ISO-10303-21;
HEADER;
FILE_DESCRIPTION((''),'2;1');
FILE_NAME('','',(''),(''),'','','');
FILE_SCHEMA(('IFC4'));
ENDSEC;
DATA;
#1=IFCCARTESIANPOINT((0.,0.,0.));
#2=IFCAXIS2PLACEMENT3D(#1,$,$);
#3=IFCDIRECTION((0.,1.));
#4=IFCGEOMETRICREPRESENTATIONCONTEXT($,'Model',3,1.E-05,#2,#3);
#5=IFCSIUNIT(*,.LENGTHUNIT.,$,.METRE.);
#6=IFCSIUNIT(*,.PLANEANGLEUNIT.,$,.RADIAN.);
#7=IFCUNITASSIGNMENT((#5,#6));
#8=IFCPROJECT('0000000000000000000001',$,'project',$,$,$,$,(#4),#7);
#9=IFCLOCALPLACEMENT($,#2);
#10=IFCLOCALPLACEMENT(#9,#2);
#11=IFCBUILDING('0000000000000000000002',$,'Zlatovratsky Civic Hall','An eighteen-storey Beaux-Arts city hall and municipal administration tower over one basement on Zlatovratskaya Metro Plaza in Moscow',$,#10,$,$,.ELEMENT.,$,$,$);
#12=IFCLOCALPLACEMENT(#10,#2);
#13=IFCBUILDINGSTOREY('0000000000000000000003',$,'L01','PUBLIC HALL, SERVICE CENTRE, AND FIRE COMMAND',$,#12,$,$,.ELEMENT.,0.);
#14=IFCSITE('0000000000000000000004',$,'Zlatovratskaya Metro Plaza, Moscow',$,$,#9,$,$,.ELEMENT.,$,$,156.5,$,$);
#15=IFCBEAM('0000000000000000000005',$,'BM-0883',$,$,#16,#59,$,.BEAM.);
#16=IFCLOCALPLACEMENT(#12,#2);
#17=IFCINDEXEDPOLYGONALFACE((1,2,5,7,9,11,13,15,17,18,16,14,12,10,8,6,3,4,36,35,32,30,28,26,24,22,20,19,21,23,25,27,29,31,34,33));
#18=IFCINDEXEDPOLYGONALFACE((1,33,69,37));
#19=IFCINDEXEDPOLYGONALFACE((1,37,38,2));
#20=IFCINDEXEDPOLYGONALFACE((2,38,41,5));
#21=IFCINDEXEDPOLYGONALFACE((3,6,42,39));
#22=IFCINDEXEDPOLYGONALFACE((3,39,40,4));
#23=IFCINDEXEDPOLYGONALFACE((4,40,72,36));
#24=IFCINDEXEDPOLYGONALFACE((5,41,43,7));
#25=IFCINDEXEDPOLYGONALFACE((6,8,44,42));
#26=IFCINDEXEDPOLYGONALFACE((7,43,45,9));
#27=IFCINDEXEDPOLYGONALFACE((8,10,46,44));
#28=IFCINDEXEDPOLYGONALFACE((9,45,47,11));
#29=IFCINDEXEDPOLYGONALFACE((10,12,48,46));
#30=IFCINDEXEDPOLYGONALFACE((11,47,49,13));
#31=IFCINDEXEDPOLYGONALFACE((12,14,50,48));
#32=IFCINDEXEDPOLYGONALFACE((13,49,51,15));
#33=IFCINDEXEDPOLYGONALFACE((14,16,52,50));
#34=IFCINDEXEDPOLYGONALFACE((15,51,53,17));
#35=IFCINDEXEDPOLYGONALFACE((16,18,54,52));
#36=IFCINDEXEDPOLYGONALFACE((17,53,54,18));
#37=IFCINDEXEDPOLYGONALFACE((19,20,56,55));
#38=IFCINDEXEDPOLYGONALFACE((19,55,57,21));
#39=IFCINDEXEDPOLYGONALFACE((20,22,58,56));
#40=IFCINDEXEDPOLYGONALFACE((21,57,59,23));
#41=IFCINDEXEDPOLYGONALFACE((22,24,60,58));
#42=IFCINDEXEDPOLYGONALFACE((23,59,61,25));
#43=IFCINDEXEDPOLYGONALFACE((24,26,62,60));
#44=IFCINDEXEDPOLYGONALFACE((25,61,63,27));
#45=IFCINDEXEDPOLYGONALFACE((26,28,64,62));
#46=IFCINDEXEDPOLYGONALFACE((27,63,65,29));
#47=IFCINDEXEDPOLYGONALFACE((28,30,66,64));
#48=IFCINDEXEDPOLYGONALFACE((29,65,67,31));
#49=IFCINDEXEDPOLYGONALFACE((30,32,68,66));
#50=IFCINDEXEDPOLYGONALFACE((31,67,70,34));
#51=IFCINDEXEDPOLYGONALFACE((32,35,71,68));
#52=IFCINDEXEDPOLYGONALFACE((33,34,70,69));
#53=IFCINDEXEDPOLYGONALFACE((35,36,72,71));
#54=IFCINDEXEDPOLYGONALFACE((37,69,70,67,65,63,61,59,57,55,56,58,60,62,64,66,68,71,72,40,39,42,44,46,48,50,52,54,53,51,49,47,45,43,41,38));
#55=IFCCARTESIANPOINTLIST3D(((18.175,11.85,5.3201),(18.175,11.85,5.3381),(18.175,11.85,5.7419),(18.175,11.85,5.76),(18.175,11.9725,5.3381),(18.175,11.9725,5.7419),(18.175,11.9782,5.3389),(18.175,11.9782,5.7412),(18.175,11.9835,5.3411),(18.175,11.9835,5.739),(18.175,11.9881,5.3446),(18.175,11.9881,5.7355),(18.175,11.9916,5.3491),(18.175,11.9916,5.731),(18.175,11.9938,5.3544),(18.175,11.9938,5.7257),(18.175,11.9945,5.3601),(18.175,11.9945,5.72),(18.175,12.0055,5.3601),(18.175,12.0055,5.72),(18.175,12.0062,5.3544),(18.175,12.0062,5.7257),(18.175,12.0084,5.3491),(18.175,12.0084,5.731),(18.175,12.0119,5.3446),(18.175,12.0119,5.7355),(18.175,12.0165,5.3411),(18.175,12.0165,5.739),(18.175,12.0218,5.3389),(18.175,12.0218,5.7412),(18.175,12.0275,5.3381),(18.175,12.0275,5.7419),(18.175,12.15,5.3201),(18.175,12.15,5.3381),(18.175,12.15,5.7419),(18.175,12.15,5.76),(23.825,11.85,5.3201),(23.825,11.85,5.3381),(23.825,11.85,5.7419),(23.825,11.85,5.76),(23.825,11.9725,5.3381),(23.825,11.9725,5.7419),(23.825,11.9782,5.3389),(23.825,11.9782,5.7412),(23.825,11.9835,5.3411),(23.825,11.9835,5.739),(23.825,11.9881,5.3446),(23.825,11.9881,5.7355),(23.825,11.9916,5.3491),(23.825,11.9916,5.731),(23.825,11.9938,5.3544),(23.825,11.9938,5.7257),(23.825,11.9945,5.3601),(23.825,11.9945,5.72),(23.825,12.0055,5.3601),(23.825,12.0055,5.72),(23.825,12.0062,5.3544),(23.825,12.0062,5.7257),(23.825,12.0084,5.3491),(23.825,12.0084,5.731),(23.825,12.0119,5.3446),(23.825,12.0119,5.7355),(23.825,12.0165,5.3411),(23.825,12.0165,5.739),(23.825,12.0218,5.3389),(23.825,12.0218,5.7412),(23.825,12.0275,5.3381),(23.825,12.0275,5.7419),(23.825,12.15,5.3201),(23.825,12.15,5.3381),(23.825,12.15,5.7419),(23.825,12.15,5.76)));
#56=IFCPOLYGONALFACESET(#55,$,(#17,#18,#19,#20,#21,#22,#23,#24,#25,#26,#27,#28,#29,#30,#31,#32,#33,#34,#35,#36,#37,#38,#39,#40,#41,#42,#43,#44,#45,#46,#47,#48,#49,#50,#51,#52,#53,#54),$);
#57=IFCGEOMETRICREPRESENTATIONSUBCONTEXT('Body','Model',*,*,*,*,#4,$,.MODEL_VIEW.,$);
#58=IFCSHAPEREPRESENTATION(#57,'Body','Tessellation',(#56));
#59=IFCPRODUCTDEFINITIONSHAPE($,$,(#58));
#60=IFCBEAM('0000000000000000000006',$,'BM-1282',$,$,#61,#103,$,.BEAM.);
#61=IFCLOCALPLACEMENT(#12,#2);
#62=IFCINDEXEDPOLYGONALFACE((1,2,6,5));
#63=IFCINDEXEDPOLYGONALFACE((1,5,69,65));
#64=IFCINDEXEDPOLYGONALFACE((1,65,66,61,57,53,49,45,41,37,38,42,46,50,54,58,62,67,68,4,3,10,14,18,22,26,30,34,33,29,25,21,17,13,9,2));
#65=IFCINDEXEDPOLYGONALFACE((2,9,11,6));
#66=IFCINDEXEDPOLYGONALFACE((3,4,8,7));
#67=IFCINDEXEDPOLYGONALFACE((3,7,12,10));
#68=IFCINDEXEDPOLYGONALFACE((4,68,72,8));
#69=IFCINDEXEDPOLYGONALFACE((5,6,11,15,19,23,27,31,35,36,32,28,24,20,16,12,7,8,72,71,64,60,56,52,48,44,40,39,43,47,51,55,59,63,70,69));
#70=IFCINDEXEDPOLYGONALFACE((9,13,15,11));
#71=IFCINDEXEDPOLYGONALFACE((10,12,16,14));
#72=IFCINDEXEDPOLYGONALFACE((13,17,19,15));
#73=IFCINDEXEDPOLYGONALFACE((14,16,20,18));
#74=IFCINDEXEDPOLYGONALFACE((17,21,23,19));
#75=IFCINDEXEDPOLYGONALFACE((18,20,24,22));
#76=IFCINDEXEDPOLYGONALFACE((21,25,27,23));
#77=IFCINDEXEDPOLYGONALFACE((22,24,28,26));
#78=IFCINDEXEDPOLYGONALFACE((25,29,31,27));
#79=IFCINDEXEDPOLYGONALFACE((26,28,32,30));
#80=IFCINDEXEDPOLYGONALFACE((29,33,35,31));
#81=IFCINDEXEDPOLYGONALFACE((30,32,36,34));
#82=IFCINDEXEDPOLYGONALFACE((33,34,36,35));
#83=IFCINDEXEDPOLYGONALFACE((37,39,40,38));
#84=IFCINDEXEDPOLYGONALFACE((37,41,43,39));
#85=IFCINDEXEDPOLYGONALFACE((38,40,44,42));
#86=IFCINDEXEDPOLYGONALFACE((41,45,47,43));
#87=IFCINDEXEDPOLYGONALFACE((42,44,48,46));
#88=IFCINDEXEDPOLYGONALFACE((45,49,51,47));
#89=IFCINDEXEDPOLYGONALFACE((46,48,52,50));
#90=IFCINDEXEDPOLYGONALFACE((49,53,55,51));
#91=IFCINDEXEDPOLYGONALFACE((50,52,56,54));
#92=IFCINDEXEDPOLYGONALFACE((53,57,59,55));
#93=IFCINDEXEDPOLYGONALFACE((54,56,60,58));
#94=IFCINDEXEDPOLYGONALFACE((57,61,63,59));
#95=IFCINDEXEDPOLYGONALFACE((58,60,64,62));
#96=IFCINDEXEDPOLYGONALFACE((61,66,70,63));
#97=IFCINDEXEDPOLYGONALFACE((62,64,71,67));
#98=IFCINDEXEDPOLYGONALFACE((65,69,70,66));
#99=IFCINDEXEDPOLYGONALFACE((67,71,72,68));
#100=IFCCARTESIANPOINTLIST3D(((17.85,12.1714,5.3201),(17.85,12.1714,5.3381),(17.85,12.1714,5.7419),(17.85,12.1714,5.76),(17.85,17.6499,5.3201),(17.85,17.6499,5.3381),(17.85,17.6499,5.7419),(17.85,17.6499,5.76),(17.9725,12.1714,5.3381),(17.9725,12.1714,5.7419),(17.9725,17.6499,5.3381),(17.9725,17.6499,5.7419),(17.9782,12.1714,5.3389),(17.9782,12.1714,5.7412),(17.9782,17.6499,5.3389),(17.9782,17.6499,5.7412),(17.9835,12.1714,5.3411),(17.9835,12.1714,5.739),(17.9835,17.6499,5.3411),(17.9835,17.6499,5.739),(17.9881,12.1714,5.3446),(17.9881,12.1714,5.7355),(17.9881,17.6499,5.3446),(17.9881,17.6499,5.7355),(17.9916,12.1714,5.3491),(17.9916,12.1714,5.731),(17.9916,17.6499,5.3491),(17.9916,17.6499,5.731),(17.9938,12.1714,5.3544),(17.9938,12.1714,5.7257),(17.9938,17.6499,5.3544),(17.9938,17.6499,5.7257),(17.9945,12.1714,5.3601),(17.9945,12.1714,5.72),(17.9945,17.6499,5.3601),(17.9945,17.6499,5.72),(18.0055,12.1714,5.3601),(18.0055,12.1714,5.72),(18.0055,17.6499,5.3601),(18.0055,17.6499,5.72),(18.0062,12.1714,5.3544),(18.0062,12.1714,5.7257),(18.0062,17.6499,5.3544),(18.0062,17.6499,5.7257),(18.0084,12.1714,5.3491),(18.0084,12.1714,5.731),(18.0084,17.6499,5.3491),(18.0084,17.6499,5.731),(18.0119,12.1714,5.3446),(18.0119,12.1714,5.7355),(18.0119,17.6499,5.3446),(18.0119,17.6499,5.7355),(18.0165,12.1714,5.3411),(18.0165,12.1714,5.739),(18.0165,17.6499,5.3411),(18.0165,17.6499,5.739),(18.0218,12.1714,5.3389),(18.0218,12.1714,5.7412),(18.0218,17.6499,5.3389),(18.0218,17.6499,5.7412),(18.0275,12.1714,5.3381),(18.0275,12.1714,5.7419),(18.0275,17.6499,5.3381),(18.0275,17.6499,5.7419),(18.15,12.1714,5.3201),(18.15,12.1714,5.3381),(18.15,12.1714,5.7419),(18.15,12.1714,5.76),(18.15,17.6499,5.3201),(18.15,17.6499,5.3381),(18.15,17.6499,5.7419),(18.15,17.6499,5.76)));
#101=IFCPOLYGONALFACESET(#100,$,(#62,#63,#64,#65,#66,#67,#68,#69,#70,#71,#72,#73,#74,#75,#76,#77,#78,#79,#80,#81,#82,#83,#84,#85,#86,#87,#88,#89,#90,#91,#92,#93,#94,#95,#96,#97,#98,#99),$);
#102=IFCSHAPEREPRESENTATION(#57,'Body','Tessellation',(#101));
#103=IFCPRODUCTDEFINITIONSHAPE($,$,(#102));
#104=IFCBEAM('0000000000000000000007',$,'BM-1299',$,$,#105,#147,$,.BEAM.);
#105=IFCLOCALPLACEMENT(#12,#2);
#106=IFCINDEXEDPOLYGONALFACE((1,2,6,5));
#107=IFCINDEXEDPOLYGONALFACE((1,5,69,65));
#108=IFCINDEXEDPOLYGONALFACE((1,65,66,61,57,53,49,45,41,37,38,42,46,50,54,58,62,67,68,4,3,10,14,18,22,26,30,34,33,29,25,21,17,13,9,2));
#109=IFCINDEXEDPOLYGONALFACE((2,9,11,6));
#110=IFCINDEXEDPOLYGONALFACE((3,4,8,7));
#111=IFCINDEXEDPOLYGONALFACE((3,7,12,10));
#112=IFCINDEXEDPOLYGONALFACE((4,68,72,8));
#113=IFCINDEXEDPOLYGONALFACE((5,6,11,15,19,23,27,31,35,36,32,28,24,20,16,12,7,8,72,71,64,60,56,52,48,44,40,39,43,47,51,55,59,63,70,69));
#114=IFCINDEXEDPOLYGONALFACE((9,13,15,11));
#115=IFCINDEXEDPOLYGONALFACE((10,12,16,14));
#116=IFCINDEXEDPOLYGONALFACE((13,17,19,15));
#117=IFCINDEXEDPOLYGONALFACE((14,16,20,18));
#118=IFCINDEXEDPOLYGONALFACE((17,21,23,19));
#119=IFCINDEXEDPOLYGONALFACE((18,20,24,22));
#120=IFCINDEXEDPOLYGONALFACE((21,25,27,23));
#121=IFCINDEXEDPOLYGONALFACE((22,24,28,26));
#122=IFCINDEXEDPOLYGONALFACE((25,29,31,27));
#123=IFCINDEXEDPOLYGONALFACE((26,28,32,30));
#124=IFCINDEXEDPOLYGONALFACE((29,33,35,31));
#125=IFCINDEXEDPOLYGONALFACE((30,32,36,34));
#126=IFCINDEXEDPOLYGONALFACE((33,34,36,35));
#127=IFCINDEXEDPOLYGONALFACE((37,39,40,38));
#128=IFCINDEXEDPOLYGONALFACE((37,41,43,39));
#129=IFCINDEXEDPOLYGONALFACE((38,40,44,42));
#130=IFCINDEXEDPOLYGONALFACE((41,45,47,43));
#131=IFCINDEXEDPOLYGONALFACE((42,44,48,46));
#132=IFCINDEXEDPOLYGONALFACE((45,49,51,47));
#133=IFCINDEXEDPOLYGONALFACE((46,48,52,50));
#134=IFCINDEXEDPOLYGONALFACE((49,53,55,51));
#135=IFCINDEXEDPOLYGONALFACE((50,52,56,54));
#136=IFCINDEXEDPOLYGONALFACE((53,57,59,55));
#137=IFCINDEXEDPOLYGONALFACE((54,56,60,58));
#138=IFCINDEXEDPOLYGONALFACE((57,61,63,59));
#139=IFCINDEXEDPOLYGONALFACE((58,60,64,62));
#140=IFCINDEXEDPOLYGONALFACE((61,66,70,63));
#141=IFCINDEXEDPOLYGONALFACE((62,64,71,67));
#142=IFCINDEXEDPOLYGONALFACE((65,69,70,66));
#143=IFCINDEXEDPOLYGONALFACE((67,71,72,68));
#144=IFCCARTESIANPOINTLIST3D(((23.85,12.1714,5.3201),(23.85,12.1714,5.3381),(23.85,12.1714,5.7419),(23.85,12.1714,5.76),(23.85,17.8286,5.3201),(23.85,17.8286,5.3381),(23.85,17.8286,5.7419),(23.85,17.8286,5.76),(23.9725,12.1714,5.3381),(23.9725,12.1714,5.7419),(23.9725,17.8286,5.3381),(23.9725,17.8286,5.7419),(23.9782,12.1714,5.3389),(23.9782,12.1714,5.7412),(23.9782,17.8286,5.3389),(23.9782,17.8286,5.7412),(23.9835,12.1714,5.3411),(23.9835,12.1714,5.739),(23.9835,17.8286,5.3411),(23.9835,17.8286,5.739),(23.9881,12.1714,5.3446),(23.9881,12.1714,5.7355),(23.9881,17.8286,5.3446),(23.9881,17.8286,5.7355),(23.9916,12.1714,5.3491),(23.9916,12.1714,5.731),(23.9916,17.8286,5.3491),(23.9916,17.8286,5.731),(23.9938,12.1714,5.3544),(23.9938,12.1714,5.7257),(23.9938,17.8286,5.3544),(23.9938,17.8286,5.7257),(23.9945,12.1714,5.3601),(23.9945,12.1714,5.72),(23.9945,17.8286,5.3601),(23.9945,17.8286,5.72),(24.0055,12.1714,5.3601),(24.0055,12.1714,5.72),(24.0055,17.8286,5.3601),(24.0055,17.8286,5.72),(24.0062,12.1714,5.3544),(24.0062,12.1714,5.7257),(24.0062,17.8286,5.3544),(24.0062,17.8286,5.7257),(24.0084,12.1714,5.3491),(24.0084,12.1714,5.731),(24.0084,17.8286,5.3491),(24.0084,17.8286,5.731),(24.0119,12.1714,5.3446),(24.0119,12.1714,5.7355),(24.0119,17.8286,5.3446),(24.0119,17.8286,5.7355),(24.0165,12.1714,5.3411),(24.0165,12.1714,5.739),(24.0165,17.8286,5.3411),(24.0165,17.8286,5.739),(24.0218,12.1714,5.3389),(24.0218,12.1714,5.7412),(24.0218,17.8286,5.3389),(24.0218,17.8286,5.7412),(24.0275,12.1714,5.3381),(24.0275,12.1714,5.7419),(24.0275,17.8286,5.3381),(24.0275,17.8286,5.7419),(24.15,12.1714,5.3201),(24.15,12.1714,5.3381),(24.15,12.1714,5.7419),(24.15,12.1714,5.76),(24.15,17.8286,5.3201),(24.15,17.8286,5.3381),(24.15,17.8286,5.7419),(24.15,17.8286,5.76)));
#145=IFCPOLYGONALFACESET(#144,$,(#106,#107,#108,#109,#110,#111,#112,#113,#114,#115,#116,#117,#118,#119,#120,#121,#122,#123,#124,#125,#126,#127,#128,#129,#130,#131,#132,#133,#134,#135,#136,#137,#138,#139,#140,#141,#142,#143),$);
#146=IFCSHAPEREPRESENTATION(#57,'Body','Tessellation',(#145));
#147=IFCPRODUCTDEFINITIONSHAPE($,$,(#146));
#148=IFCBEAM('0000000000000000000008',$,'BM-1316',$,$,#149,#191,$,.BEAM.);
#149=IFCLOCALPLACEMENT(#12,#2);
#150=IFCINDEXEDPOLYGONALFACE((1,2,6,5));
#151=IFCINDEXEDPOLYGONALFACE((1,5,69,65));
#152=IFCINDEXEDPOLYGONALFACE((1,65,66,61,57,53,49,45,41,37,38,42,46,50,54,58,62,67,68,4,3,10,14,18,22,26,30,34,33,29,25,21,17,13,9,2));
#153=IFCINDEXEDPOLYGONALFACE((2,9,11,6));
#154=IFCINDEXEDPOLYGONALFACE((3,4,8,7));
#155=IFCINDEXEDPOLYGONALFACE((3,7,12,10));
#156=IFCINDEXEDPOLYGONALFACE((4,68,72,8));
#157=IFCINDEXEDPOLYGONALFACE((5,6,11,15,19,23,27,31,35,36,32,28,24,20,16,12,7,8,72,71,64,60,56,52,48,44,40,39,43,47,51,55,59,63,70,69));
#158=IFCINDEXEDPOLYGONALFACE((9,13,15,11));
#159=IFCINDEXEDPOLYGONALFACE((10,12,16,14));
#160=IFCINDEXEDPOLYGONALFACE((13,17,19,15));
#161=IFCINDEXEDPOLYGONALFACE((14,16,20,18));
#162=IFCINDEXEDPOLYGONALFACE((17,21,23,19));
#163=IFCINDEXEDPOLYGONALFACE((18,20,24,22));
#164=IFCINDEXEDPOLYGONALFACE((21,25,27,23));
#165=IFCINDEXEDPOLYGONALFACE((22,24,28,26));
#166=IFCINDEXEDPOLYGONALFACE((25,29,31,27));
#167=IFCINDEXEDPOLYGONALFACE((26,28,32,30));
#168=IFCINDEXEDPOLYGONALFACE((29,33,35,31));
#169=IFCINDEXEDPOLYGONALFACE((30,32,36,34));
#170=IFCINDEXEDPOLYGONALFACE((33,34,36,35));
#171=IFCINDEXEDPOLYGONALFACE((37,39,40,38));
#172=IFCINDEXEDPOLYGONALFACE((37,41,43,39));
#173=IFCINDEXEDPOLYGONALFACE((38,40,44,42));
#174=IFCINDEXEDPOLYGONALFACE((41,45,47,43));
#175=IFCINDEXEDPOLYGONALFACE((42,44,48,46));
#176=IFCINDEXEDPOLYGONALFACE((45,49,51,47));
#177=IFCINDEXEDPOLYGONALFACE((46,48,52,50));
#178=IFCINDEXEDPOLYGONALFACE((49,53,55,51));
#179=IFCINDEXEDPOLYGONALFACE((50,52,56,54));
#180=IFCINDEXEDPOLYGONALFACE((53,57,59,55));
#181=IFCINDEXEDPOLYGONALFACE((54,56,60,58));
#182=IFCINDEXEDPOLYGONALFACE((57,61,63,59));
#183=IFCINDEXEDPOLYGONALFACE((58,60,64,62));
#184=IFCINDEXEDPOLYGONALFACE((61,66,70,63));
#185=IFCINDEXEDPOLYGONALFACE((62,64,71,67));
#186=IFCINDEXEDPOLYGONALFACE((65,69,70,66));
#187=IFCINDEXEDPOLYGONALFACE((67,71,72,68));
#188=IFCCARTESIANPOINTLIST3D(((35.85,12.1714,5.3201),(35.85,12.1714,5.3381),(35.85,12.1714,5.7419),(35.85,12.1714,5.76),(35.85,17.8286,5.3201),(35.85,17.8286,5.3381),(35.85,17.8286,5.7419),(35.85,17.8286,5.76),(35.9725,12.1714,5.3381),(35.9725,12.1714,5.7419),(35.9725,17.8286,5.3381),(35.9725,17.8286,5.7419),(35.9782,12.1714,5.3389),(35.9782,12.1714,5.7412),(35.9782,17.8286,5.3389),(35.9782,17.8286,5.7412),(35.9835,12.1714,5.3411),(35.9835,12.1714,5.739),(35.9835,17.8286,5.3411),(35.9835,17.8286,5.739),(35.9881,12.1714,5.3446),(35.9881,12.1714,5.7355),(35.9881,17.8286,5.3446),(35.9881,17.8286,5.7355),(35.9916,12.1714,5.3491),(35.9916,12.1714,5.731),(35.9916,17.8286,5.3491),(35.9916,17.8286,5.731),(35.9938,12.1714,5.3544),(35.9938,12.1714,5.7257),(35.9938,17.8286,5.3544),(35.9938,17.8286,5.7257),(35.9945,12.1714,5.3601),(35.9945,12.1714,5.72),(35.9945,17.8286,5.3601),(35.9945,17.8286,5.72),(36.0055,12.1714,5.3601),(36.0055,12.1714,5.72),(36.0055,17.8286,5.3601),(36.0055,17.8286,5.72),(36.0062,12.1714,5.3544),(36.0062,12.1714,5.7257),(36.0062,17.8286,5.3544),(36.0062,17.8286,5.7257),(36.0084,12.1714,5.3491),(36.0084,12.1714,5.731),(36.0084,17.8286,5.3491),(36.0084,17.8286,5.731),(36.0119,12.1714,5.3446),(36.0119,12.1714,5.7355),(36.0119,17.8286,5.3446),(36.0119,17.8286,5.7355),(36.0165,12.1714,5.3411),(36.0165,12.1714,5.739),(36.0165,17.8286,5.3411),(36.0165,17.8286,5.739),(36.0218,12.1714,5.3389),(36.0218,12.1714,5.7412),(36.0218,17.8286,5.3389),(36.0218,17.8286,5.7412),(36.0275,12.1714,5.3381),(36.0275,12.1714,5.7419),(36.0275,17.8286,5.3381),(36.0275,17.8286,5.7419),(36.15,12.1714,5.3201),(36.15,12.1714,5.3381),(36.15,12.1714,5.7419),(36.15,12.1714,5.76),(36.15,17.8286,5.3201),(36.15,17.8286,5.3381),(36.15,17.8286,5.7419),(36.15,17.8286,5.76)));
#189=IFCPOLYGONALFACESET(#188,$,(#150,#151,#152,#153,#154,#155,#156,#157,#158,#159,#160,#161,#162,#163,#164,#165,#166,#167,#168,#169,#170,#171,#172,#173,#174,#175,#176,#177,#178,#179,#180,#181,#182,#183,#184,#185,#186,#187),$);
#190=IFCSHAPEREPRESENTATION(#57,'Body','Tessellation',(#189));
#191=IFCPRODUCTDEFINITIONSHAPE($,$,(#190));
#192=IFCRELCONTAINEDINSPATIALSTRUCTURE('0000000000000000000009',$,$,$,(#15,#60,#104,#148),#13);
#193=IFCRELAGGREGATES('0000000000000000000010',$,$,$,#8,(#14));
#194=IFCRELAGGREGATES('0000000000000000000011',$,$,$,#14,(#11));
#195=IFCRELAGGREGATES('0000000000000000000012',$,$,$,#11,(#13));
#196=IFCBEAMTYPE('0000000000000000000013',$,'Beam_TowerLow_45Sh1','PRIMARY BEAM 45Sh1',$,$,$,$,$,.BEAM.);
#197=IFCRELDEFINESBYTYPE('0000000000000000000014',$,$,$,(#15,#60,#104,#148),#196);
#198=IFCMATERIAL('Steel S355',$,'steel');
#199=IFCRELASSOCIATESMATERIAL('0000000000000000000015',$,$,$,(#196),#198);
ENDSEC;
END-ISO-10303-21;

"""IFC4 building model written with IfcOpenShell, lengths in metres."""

from ifc_helpers import new_model, si_unit, direction, frame, origin, origin_2d, place, context, subcontext, project, spatial, i_section, extrude, material, material_profile, profile_set, type_object, element, save


model = new_model("IFC4")

# Units and contexts
model_context = context("Model", 3, precision=1e-05, world=origin(), true_north=direction((0.0, 1.0)))
body_context = subcontext(model_context, "Body", "Model", "MODEL_VIEW")
ifc_project = project(units=[si_unit("LENGTHUNIT", "METRE"), si_unit("PLANEANGLEUNIT", "RADIAN")], contexts=[model_context])

# Site, building, storey
site_placement = place(None, origin())
site = spatial("IfcSite", under=ifc_project, at=site_placement, Name="Zlatovratskaya Metro Plaza, Moscow", CompositionType="ELEMENT", RefElevation=156.5)
building_placement = place(site_placement, origin())
building = spatial("IfcBuilding", under=site, at=building_placement, Name="Zlatovratsky Civic Hall", Description="An eighteen-storey Beaux-Arts city hall and municipal administration tower over one basement on Zlatovratskaya Metro Plaza in Moscow", CompositionType="ELEMENT")
storey_placement = place(building_placement, origin())
storey = spatial("IfcBuildingStorey", under=building, at=storey_placement, Name="L01", Description="PUBLIC HALL, SERVICE CENTRE, AND FIRE COMMAND", CompositionType="ELEMENT", Elevation=0.0)

# Shared definitions
ifc_material_1 = material(Name="Steel S355", Category="steel")

# Beams
ifc_material_profile_1 = material_profile(ifc_material_1, i_section(OverallWidth=0.3, OverallDepth=0.4399, WebThickness=0.011, FlangeThickness=0.0181, FilletRadius=0.022, at=origin_2d()), Name="45Sh1")
ifc_profile_set_1 = profile_set([ifc_material_profile_1], Name="Steel S355")
beam_type_1 = type_object("IfcBeamType", Name="Beam_TowerLow_45Sh1", Description="PRIMARY BEAM 45Sh1", PredefinedType="BEAM", material=ifc_profile_set_1)
beam_1_placement = place(storey_placement, frame((18.175, 12.0, 5.54), z_axis=(1.0, 0.0, 0.0), x_axis=(0.0, 1.0, 0.0)))
element("IfcBeam", 1, at=beam_1_placement, inside=storey, type_object=beam_type_1, Name="BM-0883", PredefinedType="BEAM", context=body_context, shape_type="SweptSolid", body=[
    extrude(i_section(OverallWidth=0.3, OverallDepth=0.4399, WebThickness=0.011, FlangeThickness=0.0181, FilletRadius=0.022, at=origin_2d()), origin(), (0.0, 0.0, 1.0), 5.6499),
])
beam_2_placement = place(storey_placement, frame((18.0, 12.1714, 5.54), z_axis=(0.0, 1.0, 0.0), x_axis=(-1.0, 0.0, 0.0)))
element("IfcBeam", 2, at=beam_2_placement, inside=storey, type_object=beam_type_1, Name="BM-1282", PredefinedType="BEAM", context=body_context, shape_type="SweptSolid", body=[
    extrude(i_section(OverallWidth=0.3, OverallDepth=0.4399, WebThickness=0.011, FlangeThickness=0.0181, FilletRadius=0.022, at=origin_2d()), origin(), (0.0, 0.0, 1.0), 5.4785),
])
for number, where, z_axis, x_axis, name in (
    (3, (24.0, 12.1714, 5.54), (0.0, 1.0, 0.0), (-1.0, 0.0, 0.0), "BM-1299"),
    (4, (36.0, 12.1714, 5.54), (0.0, 1.0, 0.0), (-1.0, 0.0, 0.0), "BM-1316"),
):
    element("IfcBeam", number, at=place(storey_placement, frame(where, z_axis=z_axis, x_axis=x_axis)), inside=storey, type_object=beam_type_1, Name=name, PredefinedType="BEAM", context=body_context, shape_type="SweptSolid", body=[
        extrude(i_section(OverallWidth=0.3, OverallDepth=0.4399, WebThickness=0.011, FlangeThickness=0.0181, FilletRadius=0.022, at=origin_2d()), origin(), (0.0, 0.0, 1.0), 5.6572),
    ])

save(model, "model.ifc")
